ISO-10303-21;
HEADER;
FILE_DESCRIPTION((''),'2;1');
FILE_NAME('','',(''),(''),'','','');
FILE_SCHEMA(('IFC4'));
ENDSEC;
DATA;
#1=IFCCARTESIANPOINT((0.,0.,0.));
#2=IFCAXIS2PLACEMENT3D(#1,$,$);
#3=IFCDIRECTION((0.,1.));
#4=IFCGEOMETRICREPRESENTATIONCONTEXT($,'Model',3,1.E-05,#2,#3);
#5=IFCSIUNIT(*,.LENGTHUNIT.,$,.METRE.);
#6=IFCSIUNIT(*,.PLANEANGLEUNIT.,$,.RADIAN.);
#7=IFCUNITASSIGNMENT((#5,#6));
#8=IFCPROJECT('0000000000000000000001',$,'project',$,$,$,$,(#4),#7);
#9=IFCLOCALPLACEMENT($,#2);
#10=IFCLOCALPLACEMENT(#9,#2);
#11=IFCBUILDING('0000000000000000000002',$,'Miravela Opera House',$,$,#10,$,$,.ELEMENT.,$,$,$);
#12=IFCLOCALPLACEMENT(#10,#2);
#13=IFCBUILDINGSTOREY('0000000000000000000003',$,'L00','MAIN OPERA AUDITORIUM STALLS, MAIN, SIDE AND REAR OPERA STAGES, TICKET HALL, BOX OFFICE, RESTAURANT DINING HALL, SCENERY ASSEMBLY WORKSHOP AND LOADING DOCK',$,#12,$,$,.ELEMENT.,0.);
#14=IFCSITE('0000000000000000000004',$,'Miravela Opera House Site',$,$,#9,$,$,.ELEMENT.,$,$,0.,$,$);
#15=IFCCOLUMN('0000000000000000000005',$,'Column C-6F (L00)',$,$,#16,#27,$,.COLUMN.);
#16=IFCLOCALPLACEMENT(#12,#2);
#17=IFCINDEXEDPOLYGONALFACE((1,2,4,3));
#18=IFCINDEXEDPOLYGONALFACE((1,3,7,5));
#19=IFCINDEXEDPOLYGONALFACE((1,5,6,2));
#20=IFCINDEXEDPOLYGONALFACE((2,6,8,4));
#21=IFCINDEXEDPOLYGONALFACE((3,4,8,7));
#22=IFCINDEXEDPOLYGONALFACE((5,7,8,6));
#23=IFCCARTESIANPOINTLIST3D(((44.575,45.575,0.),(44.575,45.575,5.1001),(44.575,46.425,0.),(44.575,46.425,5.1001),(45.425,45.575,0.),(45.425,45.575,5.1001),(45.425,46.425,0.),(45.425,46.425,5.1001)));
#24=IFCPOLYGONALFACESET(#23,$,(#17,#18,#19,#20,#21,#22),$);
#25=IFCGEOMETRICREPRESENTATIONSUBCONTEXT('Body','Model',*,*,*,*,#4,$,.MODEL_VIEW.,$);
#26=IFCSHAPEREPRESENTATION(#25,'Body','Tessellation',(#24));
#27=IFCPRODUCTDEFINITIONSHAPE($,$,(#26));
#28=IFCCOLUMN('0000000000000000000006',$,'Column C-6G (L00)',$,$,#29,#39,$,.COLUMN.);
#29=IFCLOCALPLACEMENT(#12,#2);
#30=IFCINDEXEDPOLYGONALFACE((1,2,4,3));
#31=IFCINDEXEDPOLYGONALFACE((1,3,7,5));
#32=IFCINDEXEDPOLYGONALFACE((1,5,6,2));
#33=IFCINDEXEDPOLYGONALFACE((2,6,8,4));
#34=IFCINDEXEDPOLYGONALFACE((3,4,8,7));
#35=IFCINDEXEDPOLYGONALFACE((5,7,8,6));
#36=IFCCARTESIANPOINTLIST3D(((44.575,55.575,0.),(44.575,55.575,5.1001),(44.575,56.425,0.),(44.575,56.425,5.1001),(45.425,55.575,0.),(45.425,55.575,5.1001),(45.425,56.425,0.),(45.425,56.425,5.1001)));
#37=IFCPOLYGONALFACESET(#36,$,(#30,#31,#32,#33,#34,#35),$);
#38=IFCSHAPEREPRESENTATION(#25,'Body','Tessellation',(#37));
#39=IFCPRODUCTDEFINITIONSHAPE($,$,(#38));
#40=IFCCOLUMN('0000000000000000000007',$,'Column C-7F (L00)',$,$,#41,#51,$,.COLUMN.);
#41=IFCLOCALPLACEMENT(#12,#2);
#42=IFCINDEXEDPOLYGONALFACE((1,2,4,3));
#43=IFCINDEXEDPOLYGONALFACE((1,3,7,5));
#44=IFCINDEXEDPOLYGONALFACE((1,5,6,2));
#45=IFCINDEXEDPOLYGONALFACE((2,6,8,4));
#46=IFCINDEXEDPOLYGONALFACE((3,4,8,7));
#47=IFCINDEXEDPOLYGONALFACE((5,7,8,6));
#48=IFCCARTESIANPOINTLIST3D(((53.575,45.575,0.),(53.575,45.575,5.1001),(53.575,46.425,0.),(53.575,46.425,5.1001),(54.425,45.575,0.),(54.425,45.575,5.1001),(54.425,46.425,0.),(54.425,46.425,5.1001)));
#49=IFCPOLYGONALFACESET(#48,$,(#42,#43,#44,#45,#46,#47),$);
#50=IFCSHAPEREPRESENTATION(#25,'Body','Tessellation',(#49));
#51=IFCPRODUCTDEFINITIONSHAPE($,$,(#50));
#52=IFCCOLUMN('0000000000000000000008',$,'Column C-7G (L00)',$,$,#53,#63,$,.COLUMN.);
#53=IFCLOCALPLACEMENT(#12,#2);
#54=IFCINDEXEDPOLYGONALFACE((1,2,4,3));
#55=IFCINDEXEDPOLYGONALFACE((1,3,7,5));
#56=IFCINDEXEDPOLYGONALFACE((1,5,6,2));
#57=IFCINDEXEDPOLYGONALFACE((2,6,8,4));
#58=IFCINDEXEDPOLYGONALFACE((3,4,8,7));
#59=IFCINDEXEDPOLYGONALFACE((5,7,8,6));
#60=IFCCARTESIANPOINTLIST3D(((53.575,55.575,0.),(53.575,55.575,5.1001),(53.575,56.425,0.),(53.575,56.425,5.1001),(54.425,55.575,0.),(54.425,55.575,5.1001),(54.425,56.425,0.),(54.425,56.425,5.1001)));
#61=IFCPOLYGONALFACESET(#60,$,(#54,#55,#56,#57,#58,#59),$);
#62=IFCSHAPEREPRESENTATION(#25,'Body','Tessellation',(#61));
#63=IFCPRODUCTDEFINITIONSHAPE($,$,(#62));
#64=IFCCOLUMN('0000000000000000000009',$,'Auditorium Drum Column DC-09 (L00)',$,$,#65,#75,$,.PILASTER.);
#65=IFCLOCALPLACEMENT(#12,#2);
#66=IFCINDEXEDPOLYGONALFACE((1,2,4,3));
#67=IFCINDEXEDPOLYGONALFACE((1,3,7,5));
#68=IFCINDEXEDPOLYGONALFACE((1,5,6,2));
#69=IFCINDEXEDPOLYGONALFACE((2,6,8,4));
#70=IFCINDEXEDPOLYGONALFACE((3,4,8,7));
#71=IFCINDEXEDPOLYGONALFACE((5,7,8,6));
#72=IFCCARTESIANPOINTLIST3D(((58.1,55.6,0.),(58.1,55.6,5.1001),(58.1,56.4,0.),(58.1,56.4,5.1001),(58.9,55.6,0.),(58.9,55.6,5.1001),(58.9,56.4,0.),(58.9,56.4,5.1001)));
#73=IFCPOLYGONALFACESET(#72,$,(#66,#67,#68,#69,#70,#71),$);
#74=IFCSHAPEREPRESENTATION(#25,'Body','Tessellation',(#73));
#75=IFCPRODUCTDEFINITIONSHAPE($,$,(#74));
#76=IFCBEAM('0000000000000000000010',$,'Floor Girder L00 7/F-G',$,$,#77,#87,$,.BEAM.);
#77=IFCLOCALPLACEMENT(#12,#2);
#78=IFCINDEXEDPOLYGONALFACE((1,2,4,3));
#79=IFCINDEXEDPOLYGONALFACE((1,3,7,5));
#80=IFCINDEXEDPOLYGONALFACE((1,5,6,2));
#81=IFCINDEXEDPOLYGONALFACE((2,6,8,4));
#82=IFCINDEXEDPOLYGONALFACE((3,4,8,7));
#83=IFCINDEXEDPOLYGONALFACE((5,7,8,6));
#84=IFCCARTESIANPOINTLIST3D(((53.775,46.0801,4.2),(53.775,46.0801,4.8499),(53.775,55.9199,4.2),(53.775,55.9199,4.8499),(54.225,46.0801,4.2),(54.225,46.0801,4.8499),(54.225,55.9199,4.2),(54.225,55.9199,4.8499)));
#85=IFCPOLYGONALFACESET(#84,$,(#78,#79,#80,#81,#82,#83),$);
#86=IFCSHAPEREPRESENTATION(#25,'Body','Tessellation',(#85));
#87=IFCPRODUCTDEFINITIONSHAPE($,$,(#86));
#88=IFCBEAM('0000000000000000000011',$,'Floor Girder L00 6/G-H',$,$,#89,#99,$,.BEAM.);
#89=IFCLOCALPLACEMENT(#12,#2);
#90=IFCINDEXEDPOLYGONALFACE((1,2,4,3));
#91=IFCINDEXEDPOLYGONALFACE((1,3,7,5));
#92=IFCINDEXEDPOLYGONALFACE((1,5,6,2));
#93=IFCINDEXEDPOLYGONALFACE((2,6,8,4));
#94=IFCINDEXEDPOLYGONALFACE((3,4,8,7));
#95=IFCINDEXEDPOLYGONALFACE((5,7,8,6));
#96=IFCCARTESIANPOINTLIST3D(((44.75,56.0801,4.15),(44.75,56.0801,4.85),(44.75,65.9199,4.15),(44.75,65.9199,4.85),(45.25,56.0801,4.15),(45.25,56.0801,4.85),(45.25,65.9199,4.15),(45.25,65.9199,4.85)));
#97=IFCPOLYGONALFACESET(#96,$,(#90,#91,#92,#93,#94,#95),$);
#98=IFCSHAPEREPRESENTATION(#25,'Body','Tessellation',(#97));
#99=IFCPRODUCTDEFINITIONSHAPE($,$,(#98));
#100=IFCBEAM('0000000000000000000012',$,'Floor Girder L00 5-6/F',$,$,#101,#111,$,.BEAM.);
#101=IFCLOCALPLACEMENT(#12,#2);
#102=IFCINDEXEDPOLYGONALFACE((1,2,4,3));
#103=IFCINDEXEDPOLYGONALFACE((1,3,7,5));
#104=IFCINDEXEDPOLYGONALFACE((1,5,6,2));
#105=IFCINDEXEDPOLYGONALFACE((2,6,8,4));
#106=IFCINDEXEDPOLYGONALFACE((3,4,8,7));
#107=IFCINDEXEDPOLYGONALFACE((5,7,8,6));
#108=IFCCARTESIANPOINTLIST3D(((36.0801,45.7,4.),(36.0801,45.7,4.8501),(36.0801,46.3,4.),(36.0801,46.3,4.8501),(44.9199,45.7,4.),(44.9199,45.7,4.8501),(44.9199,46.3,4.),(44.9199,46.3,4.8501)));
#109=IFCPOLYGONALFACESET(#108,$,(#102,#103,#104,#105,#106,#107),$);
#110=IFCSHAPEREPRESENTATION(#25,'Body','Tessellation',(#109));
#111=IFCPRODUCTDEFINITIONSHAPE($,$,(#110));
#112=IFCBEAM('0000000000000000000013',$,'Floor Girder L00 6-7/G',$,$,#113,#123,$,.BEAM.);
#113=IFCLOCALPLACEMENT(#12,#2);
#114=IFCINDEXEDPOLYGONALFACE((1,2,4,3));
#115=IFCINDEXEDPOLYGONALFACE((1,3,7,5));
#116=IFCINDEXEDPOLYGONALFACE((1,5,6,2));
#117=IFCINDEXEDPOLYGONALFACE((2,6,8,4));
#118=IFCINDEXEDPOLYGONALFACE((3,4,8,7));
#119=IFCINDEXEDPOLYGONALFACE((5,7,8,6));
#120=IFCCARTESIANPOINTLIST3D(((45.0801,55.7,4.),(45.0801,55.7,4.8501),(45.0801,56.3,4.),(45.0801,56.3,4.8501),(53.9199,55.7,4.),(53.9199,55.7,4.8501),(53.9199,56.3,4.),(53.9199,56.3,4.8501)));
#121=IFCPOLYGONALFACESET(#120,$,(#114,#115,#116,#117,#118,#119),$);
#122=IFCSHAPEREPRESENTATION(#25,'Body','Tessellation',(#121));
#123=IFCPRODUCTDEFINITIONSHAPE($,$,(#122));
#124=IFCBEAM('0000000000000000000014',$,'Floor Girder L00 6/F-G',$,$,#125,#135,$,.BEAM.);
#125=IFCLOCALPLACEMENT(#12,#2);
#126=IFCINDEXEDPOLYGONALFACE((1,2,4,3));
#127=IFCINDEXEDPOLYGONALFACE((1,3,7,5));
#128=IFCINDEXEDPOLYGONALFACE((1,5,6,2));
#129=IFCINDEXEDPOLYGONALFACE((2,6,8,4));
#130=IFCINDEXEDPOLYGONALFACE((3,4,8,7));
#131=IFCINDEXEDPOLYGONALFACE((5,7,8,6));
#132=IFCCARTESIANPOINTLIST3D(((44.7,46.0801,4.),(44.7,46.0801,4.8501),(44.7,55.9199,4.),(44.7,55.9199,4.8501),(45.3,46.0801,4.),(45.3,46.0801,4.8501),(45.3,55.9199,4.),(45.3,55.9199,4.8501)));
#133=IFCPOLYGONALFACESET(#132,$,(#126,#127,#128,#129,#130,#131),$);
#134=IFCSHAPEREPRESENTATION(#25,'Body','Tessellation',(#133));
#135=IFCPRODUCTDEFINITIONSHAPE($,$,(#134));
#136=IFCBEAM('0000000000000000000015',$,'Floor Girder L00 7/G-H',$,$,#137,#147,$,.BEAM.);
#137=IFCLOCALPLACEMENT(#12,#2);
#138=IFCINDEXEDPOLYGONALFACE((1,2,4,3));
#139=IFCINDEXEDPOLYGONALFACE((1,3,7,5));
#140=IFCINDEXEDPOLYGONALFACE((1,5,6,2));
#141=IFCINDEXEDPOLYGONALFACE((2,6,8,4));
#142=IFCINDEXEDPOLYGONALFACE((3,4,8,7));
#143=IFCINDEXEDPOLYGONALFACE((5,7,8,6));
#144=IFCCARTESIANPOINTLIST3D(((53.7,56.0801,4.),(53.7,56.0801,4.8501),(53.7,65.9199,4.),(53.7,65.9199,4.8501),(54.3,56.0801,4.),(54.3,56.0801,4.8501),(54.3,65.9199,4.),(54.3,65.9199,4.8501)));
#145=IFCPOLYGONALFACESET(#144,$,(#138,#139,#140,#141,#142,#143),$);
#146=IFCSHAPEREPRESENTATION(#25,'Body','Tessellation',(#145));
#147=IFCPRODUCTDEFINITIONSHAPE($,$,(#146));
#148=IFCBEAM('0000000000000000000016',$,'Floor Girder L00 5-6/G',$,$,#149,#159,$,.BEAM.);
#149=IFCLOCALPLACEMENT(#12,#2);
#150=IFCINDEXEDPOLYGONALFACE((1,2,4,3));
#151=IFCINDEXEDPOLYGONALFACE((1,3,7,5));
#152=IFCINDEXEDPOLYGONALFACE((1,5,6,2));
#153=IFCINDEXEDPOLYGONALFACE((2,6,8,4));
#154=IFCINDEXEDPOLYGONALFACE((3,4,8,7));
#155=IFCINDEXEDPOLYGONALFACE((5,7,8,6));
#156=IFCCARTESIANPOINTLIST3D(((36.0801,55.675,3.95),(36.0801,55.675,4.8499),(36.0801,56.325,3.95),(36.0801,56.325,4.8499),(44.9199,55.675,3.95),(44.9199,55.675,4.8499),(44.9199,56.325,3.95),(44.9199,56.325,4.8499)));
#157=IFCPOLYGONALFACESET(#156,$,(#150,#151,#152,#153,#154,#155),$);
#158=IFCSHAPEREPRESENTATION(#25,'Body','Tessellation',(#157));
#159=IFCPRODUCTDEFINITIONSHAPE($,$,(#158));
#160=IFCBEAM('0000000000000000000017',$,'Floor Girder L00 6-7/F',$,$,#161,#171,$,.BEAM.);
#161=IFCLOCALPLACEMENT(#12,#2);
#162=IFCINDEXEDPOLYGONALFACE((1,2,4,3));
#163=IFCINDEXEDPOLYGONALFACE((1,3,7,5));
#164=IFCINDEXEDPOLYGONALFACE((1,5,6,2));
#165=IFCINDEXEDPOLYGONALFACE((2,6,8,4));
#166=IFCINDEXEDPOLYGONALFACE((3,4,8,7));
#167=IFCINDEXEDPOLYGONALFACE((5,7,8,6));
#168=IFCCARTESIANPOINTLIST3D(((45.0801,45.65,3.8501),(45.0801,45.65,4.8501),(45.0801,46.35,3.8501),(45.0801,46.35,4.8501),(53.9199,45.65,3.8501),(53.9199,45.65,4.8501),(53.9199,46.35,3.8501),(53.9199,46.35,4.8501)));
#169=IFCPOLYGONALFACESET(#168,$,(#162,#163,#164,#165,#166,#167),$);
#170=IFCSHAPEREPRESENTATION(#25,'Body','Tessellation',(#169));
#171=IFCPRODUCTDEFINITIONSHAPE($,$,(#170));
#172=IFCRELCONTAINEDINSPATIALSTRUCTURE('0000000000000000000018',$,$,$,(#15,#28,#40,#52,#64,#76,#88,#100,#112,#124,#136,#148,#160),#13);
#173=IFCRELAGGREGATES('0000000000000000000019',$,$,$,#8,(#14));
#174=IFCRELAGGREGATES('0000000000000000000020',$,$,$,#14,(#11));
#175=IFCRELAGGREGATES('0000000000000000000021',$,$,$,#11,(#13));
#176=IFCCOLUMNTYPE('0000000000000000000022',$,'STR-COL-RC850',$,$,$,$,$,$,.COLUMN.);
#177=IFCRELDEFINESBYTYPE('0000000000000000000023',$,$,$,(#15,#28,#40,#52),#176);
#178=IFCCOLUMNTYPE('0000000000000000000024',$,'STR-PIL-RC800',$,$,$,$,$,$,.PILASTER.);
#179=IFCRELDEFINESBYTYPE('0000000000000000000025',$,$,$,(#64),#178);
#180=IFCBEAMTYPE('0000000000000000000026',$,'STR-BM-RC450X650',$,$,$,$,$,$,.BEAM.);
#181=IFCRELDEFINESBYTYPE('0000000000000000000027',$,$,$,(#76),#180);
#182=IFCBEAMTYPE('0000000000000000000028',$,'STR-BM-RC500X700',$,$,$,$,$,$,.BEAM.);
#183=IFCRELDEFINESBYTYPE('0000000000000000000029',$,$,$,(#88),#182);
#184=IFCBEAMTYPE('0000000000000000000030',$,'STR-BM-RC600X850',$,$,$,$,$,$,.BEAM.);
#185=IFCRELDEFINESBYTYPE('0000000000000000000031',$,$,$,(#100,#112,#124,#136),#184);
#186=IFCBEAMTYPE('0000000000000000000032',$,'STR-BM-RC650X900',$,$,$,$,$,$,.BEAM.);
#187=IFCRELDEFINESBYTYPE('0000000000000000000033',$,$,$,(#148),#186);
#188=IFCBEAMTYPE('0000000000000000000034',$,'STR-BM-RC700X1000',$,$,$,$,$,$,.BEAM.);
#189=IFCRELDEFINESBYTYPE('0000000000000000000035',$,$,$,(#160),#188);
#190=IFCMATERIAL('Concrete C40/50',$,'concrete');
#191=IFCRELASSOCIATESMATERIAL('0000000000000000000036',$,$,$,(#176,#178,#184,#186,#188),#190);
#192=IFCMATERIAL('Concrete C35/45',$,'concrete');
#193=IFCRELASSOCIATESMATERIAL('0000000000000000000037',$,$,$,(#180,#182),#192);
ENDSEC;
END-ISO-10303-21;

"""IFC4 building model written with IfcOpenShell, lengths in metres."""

from ifc_helpers import new_model, si_unit, direction, frame, origin, origin_2d, place, context, subcontext, project, spatial, rectangle, extrude, material, material_profile, profile_set, type_object, element, save


model = new_model("IFC4")

# Units and contexts
model_context = context("Model", 3, precision=1e-05, world=origin(), true_north=direction((0.0, 1.0)))
body_context = subcontext(model_context, "Body", "Model", "MODEL_VIEW")
ifc_project = project(units=[si_unit("LENGTHUNIT", "METRE"), si_unit("PLANEANGLEUNIT", "RADIAN")], contexts=[model_context])

# Site, building, storey
site_placement = place(None, origin())
site = spatial("IfcSite", under=ifc_project, at=site_placement, Name="Miravela Opera House Site", CompositionType="ELEMENT", RefElevation=0.0)
building_placement = place(site_placement, origin())
building = spatial("IfcBuilding", under=site, at=building_placement, Name="Miravela Opera House", CompositionType="ELEMENT")
storey_placement = place(building_placement, origin())
storey = spatial("IfcBuildingStorey", under=building, at=storey_placement, Name="L00", Description="MAIN OPERA AUDITORIUM STALLS, MAIN, SIDE AND REAR OPERA STAGES, TICKET HALL, BOX OFFICE, RESTAURANT DINING HALL, SCENERY ASSEMBLY WORKSHOP AND LOADING DOCK", CompositionType="ELEMENT", Elevation=0.0)

# Columns
ifc_material_1 = material(Name="Concrete C40/50", Category="concrete")
ifc_material_profile_1 = material_profile(ifc_material_1, rectangle(XDim=0.8501, YDim=0.8501, at=origin_2d()), Name="RC-COL-850X850")
ifc_profile_set_1 = profile_set([ifc_material_profile_1])
column_type_1 = type_object("IfcColumnType", Name="STR-COL-RC850", PredefinedType="COLUMN", material=ifc_profile_set_1)
for number, where, z_axis, x_axis, name in (
    (1, (45.0, 46.0, 0.0), (0.0, 0.0, 1.0), (1.0, 0.0, 0.0), "Column C-6F (L00)"),
    (2, (45.0, 56.0, 0.0), (0.0, 0.0, 1.0), (1.0, 0.0, 0.0), "Column C-6G (L00)"),
    (3, (54.0, 46.0, 0.0), (0.0, 0.0, 1.0), (1.0, 0.0, 0.0), "Column C-7F (L00)"),
    (4, (54.0, 56.0, 0.0), (0.0, 0.0, 1.0), (1.0, 0.0, 0.0), "Column C-7G (L00)"),
):
    element("IfcColumn", number, at=place(storey_placement, frame(where, z_axis=z_axis, x_axis=x_axis)), inside=storey, type_object=column_type_1, Name=name, PredefinedType="COLUMN", context=body_context, shape_type="SweptSolid", body=[
        extrude(rectangle(XDim=0.8501, YDim=0.8501, at=origin_2d()), origin(), (0.0, 0.0, 1.0), 5.1001),
    ])
ifc_material_profile_2 = material_profile(ifc_material_1, rectangle(XDim=0.8, YDim=0.8, at=origin_2d()), Name="RC-COL-800X800")
ifc_profile_set_2 = profile_set([ifc_material_profile_2])
column_type_2 = type_object("IfcColumnType", Name="STR-PIL-RC800", PredefinedType="PILASTER", material=ifc_profile_set_2)
column_placement = place(storey_placement, frame((58.5, 56.0, 0.0), z_axis=(0.0, 0.0, 1.0), x_axis=(-1.0, 0.0, 0.0)))
element("IfcColumn", 5, at=column_placement, inside=storey, type_object=column_type_2, Name="Auditorium Drum Column DC-09 (L00)", PredefinedType="PILASTER", context=body_context, shape_type="SweptSolid", body=[
    extrude(rectangle(XDim=0.8, YDim=0.8, at=origin_2d()), origin(), (0.0, 0.0, 1.0), 5.1001),
])

# Beams
ifc_material_2 = material(Name="Concrete C35/45", Category="concrete")
ifc_material_profile_3 = material_profile(ifc_material_2, rectangle(XDim=0.45, YDim=0.6499, at=origin_2d()), Name="RC-BM-450X650")
ifc_profile_set_3 = profile_set([ifc_material_profile_3])
beam_type_1 = type_object("IfcBeamType", Name="STR-BM-RC450X650", PredefinedType="BEAM", material=ifc_profile_set_3)
beam_1_placement = place(storey_placement, frame((54.0, 46.0801, 4.5249), z_axis=(0.0, 1.0, 0.0), x_axis=(-1.0, 0.0, 0.0)))
element("IfcBeam", 6, at=beam_1_placement, inside=storey, type_object=beam_type_1, Name="Floor Girder L00 7/F-G", PredefinedType="BEAM", context=body_context, shape_type="SweptSolid", body=[
    extrude(rectangle(XDim=0.45, YDim=0.6499, at=origin_2d()), origin(), (0.0, 0.0, 1.0), 9.8398),
])
ifc_material_profile_4 = material_profile(ifc_material_2, rectangle(XDim=0.5, YDim=0.7, at=origin_2d()), Name="RC-BM-500X700")
ifc_profile_set_4 = profile_set([ifc_material_profile_4])
beam_type_2 = type_object("IfcBeamType", Name="STR-BM-RC500X700", PredefinedType="BEAM", material=ifc_profile_set_4)
beam_2_placement = place(storey_placement, frame((45.0, 56.0801, 4.5), z_axis=(0.0, 1.0, 0.0), x_axis=(-1.0, 0.0, 0.0)))
element("IfcBeam", 7, at=beam_2_placement, inside=storey, type_object=beam_type_2, Name="Floor Girder L00 6/G-H", PredefinedType="BEAM", context=body_context, shape_type="SweptSolid", body=[
    extrude(rectangle(XDim=0.5, YDim=0.7, at=origin_2d()), origin(), (0.0, 0.0, 1.0), 9.8398),
])
ifc_material_profile_5 = material_profile(ifc_material_1, rectangle(XDim=0.6001, YDim=0.8501, at=origin_2d()), Name="RC-BM-600X850")
ifc_profile_set_5 = profile_set([ifc_material_profile_5])
beam_type_3 = type_object("IfcBeamType", Name="STR-BM-RC600X850", PredefinedType="BEAM", material=ifc_profile_set_5)
for number, where, z_axis, x_axis, name in (
    (8, (36.0801, 46.0, 4.425), (1.0, 0.0, 0.0), (0.0, 1.0, 0.0), "Floor Girder L00 5-6/F"),
    (9, (45.0801, 56.0, 4.425), (1.0, 0.0, 0.0), (0.0, 1.0, 0.0), "Floor Girder L00 6-7/G"),
):
    element("IfcBeam", number, at=place(storey_placement, frame(where, z_axis=z_axis, x_axis=x_axis)), inside=storey, type_object=beam_type_3, Name=name, PredefinedType="BEAM", context=body_context, shape_type="SweptSolid", body=[
        extrude(rectangle(XDim=0.6001, YDim=0.8501, at=origin_2d()), origin(), (0.0, 0.0, 1.0), 8.8398),
    ])
for number, where, z_axis, x_axis, name in (
    (10, (45.0, 46.0801, 4.425), (0.0, 1.0, 0.0), (-1.0, 0.0, 0.0), "Floor Girder L00 6/F-G"),
    (11, (54.0, 56.0801, 4.425), (0.0, 1.0, 0.0), (-1.0, 0.0, 0.0), "Floor Girder L00 7/G-H"),
):
    element("IfcBeam", number, at=place(storey_placement, frame(where, z_axis=z_axis, x_axis=x_axis)), inside=storey, type_object=beam_type_3, Name=name, PredefinedType="BEAM", context=body_context, shape_type="SweptSolid", body=[
        extrude(rectangle(XDim=0.6001, YDim=0.8501, at=origin_2d()), origin(), (0.0, 0.0, 1.0), 9.8398),
    ])
ifc_material_profile_6 = material_profile(ifc_material_1, rectangle(XDim=0.6499, YDim=0.8999, at=origin_2d()), Name="RC-BM-650X900")
ifc_profile_set_6 = profile_set([ifc_material_profile_6])
beam_type_4 = type_object("IfcBeamType", Name="STR-BM-RC650X900", PredefinedType="BEAM", material=ifc_profile_set_6)
beam_3_placement = place(storey_placement, frame((36.0801, 56.0, 4.3999), z_axis=(1.0, 0.0, 0.0), x_axis=(0.0, 1.0, 0.0)))
element("IfcBeam", 12, at=beam_3_placement, inside=storey, type_object=beam_type_4, Name="Floor Girder L00 5-6/G", PredefinedType="BEAM", context=body_context, shape_type="SweptSolid", body=[
    extrude(rectangle(XDim=0.6499, YDim=0.8999, at=origin_2d()), origin(), (0.0, 0.0, 1.0), 8.8398),
])
ifc_material_profile_7 = material_profile(ifc_material_1, rectangle(XDim=0.7, YDim=1.0, at=origin_2d()), Name="RC-BM-700X1000")
ifc_profile_set_7 = profile_set([ifc_material_profile_7])
beam_type_5 = type_object("IfcBeamType", Name="STR-BM-RC700X1000", PredefinedType="BEAM", material=ifc_profile_set_7)
beam_4_placement = place(storey_placement, frame((45.0801, 46.0, 4.3501), z_axis=(1.0, 0.0, 0.0), x_axis=(0.0, 1.0, 0.0)))
element("IfcBeam", 13, at=beam_4_placement, inside=storey, type_object=beam_type_5, Name="Floor Girder L00 6-7/F", PredefinedType="BEAM", context=body_context, shape_type="SweptSolid", body=[
    extrude(rectangle(XDim=0.7, YDim=1.0, at=origin_2d()), origin(), (0.0, 0.0, 1.0), 8.8398),
])

save(model, "model.ifc")
